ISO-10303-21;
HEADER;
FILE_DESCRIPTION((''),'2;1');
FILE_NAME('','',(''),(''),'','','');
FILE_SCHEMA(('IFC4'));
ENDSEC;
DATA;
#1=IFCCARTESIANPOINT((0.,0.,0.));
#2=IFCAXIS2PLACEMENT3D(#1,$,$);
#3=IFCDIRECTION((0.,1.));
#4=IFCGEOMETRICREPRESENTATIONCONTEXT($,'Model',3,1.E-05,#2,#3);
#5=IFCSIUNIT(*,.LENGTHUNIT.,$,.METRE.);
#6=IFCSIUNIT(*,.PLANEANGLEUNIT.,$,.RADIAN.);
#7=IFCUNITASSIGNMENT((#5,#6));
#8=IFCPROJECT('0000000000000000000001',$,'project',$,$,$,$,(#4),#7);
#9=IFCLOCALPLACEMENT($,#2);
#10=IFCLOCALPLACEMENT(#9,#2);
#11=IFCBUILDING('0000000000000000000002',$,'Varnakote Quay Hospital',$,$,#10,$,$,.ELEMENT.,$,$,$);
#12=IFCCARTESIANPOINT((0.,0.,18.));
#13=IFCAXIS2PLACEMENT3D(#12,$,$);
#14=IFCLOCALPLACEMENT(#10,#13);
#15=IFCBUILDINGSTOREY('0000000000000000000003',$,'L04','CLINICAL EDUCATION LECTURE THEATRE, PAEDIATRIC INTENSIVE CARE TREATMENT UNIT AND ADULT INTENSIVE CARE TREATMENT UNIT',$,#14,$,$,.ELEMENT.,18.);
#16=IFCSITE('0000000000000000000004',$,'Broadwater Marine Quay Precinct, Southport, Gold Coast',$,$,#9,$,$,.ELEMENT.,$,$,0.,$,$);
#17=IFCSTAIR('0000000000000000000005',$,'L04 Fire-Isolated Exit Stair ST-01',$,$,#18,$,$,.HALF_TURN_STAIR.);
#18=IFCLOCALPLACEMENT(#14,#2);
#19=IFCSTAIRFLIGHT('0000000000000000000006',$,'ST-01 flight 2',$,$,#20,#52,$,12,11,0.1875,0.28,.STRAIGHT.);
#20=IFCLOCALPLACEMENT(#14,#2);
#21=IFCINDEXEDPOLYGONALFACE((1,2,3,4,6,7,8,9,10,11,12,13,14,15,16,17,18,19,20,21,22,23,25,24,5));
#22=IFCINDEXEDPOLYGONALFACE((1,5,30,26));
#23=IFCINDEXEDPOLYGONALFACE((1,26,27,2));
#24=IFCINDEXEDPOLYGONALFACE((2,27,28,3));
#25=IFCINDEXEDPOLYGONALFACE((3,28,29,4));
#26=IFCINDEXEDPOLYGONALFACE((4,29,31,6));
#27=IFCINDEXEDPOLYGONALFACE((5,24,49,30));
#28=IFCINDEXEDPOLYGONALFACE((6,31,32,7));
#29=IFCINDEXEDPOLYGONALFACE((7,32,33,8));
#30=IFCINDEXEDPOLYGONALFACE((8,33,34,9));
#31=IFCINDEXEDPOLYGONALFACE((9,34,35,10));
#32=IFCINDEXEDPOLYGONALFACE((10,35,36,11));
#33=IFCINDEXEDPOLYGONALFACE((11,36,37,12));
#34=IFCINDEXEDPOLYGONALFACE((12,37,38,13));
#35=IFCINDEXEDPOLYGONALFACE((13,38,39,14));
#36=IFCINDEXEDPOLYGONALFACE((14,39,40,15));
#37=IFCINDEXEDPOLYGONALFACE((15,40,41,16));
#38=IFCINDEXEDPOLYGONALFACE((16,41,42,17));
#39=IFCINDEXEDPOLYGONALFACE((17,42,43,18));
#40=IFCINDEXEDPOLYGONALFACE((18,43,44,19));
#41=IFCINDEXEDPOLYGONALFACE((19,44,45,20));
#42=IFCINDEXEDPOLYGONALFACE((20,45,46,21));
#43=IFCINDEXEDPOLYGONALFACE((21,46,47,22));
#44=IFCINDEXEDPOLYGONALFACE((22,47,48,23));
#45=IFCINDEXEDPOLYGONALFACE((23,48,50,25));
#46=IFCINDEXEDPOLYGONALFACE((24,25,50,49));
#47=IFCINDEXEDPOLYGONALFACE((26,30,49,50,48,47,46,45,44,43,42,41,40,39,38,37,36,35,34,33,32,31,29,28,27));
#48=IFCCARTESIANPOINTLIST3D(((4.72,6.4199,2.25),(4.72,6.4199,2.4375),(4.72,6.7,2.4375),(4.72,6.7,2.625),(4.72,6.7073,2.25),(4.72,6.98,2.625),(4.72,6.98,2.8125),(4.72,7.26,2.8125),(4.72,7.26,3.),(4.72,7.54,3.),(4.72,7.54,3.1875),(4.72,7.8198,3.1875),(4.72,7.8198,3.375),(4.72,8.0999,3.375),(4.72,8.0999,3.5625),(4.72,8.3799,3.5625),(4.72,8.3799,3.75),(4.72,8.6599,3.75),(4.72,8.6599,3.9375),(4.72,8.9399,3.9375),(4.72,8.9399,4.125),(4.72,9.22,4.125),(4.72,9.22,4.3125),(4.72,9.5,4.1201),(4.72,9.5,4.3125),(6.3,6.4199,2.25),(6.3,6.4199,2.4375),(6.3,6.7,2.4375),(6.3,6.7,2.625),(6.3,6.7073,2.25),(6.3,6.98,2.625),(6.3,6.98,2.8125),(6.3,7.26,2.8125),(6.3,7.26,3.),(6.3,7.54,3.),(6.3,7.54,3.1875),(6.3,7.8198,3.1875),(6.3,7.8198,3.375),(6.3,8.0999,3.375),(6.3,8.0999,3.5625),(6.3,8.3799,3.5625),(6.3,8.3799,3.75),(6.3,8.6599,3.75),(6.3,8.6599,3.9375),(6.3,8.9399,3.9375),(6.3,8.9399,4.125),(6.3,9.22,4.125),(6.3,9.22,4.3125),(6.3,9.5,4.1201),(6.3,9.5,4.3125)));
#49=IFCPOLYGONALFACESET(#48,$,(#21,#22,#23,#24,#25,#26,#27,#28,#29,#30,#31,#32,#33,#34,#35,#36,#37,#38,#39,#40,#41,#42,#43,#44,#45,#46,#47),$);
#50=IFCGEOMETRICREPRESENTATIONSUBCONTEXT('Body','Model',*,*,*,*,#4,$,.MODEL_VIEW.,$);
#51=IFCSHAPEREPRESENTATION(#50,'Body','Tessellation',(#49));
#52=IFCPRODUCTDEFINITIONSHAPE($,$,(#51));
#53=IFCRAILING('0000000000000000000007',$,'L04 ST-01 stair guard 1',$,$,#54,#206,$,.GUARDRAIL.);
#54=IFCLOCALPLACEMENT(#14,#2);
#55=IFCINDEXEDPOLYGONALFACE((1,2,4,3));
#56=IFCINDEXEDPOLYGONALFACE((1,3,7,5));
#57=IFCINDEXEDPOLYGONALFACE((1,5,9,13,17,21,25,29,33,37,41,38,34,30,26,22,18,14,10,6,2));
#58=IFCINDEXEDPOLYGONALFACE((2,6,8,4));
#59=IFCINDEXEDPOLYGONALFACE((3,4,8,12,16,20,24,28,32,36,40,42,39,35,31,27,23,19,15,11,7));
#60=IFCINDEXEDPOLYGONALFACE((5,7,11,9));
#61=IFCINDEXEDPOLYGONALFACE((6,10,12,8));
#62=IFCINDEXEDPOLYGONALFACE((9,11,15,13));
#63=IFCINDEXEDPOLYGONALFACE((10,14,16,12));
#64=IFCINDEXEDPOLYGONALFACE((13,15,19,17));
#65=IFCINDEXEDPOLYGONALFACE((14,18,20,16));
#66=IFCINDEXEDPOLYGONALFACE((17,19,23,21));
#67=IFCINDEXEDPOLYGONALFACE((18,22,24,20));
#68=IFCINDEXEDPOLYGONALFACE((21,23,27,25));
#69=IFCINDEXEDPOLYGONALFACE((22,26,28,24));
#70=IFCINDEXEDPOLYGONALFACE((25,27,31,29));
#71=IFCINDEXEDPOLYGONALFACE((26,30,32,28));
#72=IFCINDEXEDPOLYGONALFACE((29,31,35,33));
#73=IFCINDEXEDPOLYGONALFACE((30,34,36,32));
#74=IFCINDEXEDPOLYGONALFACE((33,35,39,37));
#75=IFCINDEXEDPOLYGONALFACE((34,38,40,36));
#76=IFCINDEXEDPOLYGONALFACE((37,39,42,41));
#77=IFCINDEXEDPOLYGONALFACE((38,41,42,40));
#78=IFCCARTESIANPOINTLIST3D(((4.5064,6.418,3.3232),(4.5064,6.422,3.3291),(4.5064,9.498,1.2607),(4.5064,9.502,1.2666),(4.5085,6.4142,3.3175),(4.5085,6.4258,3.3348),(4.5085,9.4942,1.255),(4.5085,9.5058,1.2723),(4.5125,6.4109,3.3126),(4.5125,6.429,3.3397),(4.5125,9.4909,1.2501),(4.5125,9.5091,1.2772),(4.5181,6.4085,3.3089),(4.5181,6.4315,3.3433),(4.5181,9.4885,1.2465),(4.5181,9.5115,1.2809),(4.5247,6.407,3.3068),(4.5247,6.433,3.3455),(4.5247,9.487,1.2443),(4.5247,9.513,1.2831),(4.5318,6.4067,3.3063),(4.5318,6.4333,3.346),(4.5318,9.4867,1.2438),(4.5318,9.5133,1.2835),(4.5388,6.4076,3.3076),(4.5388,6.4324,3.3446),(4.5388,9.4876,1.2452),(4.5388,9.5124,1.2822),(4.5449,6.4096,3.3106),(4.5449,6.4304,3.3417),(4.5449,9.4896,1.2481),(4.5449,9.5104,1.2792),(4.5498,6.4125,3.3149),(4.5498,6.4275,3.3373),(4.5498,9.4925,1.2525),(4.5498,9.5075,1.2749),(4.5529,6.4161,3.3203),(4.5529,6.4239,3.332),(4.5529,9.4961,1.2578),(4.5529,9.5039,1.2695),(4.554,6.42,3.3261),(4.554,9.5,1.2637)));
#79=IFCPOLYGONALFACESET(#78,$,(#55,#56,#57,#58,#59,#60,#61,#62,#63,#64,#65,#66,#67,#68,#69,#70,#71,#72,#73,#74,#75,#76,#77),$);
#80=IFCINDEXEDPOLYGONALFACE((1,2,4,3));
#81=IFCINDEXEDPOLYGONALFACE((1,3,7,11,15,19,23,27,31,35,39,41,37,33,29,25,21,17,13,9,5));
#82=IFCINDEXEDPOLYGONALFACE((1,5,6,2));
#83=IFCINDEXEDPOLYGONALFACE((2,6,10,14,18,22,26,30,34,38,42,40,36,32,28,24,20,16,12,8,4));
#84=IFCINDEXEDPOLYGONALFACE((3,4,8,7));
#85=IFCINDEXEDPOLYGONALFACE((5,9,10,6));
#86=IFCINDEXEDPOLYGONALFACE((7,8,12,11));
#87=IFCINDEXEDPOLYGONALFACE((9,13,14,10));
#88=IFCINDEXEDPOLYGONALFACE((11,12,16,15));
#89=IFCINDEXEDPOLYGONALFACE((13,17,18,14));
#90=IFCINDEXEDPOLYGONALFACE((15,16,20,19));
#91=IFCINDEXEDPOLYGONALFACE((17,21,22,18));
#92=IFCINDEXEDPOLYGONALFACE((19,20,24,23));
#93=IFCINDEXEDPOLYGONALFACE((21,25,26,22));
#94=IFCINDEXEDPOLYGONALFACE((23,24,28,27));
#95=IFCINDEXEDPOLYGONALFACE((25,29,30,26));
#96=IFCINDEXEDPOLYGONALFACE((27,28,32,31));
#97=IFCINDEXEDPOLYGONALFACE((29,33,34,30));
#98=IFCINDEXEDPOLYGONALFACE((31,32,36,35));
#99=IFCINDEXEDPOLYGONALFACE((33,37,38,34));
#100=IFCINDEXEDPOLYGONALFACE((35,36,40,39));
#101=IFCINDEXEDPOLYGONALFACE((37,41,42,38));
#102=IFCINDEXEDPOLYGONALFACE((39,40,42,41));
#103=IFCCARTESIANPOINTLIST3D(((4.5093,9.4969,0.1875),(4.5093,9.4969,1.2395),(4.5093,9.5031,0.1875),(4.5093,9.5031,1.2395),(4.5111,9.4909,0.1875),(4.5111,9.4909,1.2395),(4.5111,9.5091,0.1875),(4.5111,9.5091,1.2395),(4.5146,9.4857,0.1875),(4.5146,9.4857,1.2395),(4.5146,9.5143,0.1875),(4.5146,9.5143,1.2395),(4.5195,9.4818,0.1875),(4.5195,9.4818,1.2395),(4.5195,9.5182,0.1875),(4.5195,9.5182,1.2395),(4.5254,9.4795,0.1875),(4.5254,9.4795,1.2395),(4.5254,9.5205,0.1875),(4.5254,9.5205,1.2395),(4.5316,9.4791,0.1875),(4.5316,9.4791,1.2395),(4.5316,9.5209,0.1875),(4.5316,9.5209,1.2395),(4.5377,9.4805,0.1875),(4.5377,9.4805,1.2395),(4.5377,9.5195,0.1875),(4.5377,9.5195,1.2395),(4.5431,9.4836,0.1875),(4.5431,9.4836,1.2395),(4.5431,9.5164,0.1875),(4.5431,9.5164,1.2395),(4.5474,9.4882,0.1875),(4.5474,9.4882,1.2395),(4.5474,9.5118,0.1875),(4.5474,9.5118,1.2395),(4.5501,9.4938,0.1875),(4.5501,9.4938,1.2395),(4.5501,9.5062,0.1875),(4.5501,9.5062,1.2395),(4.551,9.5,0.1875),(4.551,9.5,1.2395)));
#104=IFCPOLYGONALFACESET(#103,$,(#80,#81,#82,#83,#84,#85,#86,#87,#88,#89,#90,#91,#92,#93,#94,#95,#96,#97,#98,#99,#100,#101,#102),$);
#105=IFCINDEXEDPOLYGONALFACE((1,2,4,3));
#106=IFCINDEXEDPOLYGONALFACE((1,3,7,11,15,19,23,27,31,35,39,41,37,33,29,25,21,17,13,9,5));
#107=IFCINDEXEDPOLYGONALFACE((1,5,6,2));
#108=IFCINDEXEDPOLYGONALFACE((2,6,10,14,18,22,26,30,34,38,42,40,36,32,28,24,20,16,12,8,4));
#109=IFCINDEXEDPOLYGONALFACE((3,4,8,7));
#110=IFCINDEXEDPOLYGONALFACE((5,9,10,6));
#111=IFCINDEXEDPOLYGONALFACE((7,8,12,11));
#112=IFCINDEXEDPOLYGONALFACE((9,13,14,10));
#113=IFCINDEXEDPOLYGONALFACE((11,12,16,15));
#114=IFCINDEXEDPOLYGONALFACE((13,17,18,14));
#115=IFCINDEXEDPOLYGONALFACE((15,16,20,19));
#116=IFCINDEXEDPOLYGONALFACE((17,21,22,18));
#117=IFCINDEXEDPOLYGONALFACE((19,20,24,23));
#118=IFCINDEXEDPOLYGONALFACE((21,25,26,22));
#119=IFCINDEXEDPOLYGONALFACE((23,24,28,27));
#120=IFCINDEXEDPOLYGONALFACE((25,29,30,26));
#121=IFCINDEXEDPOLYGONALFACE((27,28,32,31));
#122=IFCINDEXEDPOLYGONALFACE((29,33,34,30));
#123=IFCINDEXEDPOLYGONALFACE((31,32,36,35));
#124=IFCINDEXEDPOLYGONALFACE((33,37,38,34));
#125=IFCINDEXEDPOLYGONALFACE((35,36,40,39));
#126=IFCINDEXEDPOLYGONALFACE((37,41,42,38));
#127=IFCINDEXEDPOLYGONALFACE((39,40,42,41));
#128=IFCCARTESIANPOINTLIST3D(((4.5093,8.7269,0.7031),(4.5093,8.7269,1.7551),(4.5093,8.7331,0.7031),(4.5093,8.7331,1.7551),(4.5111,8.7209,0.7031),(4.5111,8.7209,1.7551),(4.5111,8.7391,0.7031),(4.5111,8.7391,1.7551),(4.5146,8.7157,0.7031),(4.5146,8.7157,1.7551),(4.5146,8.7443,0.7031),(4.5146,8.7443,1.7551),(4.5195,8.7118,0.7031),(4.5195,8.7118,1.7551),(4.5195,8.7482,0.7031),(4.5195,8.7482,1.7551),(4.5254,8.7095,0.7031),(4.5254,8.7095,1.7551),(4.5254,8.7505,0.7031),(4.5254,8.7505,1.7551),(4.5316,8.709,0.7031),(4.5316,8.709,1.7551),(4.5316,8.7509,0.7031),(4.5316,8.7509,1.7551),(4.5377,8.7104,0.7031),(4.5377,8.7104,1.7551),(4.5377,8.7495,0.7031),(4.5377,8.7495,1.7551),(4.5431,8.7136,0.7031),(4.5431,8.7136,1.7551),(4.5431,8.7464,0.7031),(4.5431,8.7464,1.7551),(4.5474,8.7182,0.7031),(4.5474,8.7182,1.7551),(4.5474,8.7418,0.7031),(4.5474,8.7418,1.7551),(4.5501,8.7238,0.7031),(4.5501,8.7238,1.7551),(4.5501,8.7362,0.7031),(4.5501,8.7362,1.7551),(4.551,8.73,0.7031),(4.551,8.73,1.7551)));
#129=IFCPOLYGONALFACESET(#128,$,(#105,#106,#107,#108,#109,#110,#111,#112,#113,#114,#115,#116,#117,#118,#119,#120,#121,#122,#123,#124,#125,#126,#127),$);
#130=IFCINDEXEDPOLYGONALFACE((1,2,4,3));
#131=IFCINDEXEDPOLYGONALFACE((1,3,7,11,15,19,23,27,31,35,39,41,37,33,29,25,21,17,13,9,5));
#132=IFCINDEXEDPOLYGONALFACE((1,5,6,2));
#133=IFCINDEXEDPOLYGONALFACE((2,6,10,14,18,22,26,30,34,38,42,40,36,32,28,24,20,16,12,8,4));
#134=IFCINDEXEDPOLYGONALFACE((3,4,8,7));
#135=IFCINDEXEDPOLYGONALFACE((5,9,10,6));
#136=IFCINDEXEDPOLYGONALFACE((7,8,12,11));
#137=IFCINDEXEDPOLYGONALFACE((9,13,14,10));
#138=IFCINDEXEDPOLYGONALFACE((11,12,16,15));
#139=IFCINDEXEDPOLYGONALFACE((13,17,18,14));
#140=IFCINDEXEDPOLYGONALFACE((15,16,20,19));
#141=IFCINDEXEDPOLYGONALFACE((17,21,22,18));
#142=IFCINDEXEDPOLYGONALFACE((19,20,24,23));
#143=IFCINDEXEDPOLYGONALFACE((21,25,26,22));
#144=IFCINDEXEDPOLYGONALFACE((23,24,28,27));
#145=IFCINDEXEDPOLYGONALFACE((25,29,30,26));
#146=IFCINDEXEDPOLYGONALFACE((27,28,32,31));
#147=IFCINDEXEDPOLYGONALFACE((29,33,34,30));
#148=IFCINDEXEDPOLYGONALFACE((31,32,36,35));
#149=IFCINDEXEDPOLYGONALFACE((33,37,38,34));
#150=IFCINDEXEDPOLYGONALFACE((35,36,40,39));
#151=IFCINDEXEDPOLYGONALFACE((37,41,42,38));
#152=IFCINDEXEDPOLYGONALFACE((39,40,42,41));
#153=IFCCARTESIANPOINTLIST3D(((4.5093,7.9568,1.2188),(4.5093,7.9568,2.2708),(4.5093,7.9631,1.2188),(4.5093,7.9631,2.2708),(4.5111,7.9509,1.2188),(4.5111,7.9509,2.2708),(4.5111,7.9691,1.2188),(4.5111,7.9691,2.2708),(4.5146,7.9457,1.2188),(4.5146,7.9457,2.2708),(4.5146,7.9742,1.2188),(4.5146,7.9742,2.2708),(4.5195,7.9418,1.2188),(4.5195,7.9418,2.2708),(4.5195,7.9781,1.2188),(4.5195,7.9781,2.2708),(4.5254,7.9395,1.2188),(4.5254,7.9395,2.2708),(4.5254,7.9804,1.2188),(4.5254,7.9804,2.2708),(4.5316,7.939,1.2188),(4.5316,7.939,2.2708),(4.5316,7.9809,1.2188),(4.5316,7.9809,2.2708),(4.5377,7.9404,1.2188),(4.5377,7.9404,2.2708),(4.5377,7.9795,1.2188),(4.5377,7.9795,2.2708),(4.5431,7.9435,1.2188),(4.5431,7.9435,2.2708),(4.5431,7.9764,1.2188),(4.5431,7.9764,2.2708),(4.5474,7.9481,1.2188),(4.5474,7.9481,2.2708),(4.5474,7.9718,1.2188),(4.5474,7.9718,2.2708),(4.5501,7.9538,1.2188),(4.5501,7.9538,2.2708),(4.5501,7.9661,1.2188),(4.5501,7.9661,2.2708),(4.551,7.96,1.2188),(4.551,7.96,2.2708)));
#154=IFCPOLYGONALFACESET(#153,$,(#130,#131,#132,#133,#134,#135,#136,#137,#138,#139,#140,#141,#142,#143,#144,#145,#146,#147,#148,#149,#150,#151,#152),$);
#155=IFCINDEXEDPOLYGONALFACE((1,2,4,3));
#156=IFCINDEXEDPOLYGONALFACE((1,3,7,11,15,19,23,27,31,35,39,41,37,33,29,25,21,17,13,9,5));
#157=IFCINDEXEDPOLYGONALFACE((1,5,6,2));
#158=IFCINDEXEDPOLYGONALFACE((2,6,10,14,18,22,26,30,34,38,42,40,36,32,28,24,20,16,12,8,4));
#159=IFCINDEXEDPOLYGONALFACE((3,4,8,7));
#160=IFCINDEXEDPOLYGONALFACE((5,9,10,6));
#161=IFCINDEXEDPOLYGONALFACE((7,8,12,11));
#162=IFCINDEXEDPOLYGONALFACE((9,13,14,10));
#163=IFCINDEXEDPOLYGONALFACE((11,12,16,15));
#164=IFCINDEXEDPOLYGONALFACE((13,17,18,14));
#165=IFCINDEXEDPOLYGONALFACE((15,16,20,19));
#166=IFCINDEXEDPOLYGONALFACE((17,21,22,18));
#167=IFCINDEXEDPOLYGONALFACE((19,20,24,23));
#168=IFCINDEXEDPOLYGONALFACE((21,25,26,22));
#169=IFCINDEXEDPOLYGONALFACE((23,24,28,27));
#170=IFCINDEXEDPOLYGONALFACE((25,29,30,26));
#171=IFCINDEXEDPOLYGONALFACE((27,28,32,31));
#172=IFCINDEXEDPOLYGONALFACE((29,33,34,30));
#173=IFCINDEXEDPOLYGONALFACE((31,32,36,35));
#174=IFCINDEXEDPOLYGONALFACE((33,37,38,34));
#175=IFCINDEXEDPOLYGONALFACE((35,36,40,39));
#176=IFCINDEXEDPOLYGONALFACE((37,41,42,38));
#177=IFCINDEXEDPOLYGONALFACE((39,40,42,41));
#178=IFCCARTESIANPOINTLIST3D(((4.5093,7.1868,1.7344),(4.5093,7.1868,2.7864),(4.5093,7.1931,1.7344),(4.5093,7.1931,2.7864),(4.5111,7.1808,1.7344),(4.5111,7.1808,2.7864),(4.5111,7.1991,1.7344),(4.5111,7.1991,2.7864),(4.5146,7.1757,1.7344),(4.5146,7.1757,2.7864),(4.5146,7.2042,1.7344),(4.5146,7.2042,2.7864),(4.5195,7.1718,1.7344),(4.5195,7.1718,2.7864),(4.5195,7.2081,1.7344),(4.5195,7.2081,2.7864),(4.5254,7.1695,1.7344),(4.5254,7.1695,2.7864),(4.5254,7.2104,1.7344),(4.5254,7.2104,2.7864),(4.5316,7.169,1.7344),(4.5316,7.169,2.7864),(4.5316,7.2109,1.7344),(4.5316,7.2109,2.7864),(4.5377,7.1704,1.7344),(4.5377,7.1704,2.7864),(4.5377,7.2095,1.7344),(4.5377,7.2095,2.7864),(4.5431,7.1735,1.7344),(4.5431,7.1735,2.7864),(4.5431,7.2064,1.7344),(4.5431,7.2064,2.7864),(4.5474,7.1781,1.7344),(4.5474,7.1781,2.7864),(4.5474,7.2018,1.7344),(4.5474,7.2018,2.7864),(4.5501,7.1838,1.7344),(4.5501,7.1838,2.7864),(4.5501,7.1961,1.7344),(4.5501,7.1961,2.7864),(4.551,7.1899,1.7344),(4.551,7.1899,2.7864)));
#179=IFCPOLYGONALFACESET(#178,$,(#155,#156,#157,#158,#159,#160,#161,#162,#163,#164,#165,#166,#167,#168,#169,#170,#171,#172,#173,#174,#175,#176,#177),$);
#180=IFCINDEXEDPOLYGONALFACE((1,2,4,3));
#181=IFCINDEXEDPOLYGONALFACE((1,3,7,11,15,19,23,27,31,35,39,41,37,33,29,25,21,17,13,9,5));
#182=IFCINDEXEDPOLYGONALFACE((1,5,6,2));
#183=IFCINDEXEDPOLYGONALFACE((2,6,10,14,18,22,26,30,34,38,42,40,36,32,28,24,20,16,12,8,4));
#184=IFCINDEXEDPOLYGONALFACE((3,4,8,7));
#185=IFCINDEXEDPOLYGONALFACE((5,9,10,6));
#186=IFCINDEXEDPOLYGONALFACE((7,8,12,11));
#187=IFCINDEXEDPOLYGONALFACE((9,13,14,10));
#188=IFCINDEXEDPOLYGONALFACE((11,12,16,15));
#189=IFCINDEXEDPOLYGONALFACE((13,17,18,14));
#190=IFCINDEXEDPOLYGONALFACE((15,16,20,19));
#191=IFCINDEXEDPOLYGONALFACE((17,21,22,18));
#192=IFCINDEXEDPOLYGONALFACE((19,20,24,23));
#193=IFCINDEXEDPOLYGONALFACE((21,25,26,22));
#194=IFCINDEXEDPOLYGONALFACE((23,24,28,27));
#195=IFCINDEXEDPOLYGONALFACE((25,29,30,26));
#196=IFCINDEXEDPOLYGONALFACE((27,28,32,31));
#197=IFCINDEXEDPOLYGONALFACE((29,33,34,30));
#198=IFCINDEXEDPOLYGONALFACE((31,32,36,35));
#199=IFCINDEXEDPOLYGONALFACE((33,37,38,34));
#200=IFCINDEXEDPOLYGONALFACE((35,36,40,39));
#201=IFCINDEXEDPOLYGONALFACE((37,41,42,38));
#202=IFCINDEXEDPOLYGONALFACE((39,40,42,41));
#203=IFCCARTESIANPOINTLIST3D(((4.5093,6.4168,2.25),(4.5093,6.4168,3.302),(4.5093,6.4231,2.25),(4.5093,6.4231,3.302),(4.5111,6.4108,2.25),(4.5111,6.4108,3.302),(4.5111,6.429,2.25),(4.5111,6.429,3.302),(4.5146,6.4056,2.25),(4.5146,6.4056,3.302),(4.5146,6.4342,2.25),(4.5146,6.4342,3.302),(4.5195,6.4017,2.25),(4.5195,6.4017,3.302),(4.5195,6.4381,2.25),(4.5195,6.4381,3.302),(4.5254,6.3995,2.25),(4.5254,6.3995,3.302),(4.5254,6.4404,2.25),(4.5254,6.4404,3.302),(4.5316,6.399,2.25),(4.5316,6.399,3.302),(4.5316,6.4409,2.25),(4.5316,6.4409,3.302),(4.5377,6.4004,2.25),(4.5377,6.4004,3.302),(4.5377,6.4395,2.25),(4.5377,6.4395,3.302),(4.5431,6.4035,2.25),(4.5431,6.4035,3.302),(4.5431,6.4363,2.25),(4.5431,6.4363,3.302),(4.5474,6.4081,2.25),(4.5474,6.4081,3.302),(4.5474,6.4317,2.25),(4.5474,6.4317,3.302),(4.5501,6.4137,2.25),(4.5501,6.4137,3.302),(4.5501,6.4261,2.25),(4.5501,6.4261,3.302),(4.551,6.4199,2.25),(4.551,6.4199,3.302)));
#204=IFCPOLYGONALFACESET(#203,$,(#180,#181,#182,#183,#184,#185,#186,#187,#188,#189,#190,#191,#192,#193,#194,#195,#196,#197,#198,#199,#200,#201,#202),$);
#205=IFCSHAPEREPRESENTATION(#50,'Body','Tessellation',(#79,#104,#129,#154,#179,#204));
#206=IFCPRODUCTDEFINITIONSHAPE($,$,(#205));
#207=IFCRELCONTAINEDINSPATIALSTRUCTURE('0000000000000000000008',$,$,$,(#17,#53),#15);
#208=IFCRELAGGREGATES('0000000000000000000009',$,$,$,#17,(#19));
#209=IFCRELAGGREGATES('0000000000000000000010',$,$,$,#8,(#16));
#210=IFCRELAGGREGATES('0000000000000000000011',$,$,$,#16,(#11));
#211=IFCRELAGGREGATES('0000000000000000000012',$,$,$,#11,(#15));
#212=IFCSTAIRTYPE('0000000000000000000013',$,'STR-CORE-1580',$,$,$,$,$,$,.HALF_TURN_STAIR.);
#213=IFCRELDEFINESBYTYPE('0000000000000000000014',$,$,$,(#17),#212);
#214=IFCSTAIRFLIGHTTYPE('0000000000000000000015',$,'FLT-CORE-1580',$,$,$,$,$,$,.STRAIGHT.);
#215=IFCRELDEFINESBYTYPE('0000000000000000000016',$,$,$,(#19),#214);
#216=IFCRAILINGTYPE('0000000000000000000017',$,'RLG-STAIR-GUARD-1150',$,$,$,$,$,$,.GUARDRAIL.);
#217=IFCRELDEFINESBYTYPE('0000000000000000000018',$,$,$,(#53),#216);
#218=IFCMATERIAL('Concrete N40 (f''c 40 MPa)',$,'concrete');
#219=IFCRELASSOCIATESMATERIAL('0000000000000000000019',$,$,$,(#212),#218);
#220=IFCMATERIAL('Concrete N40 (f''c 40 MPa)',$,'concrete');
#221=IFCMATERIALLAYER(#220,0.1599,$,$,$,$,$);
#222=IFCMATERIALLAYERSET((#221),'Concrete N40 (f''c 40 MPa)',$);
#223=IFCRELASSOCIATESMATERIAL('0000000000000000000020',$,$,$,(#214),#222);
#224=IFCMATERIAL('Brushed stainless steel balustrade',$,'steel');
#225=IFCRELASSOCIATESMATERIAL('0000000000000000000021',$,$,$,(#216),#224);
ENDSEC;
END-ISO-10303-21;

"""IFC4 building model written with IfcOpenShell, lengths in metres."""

from ifc_helpers import new_model, si_unit, direction, frame, origin, origin_2d, place, context, subcontext, project, spatial, polyline, circle, outline, extrude, material, layer, layer_set, type_object, element, aggregate, save


model = new_model("IFC4")

# Units and contexts
model_context = context("Model", 3, precision=1e-05, world=origin(), true_north=direction((0.0, 1.0)))
body_context = subcontext(model_context, "Body", "Model", "MODEL_VIEW")
ifc_project = project(units=[si_unit("LENGTHUNIT", "METRE"), si_unit("PLANEANGLEUNIT", "RADIAN")], contexts=[model_context])

# Site, building, storey
site_placement = place(None, origin())
site = spatial("IfcSite", under=ifc_project, at=site_placement, Name="Broadwater Marine Quay Precinct, Southport, Gold Coast", CompositionType="ELEMENT", RefElevation=0.0)
building_placement = place(site_placement, origin())
building = spatial("IfcBuilding", under=site, at=building_placement, Name="Varnakote Quay Hospital", CompositionType="ELEMENT")
storey_placement = place(building_placement, frame((0.0, 0.0, 18.0)))
storey = spatial("IfcBuildingStorey", under=building, at=storey_placement, Name="L04", Description="CLINICAL EDUCATION LECTURE THEATRE, PAEDIATRIC INTENSIVE CARE TREATMENT UNIT AND ADULT INTENSIVE CARE TREATMENT UNIT", CompositionType="ELEMENT", Elevation=18.0)

# Stair
ifc_material_1 = material(Name="Concrete N40 (f'c 40 MPa)", Category="concrete")
stair_type = type_object("IfcStairType", Name="STR-CORE-1580", PredefinedType="HALF_TURN_STAIR", material=ifc_material_1)
stair_1_placement = place(storey_placement, origin())
stair_1 = element("IfcStair", 1, at=stair_1_placement, inside=storey, type_object=stair_type, Name="L04 Fire-Isolated Exit Stair ST-01", PredefinedType="HALF_TURN_STAIR")

# Stair flight
ifc_material_2 = material(Name="Concrete N40 (f'c 40 MPa)", Category="concrete")
ifc_layer_1 = layer(ifc_material_2, 0.1599)
ifc_layer_set_1 = layer_set([ifc_layer_1], Name="Concrete N40 (f'c 40 MPa)")
stair_flight_type = type_object("IfcStairFlightType", Name="FLT-CORE-1580", PredefinedType="STRAIGHT", material=ifc_layer_set_1)
stair_flight_1_placement = place(storey_placement, frame((5.51, 6.4199, 2.25), z_axis=(0.0, 0.0, 1.0), x_axis=(0.0, 1.0, 0.0)))
stair_flight_1 = element("IfcStairFlight", 2, at=stair_flight_1_placement, type_object=stair_flight_type, Name="ST-01 flight 2", NumberOfRisers=12, NumberOfTreads=11, PredefinedType="STRAIGHT", RiserHeight=0.1875, TreadLength=0.28, context=body_context, shape_type="SweptSolid", body=[
    extrude(outline(polyline([(0.0, 0.0), (0.0, 0.1875), (0.28, 0.1875), (0.28, 0.375), (0.5601, 0.375), (0.5601, 0.5625), (0.8401, 0.5625), (0.8401, 0.75), (1.1201, 0.75), (1.1201, 0.9375), (1.3999, 0.9375), (1.3999, 1.125), (1.6799, 1.125), (1.6799, 1.3125), (1.96, 1.3125), (1.96, 1.5), (2.24, 1.5), (2.24, 1.6875), (2.52, 1.6875), (2.52, 1.875), (2.8, 1.875), (2.8, 2.0625), (3.0801, 2.0625), (3.0801, 2.25), (3.0801, 1.8701), (0.2874, 0.0), (0.0, 0.0)])), frame((0.0, 0.79, 0.0), z_axis=(0.0, -1.0, 0.0), x_axis=(1.0, 0.0, 0.0)), (0.0, 0.0, 1.0), 1.5801),
])
aggregate(stair_1, [stair_flight_1])

# Railing
ifc_material_3 = material(Name="Brushed stainless steel balustrade", Category="steel")
railing_type_1 = type_object("IfcRailingType", Name="RLG-STAIR-GUARD-1150", PredefinedType="GUARDRAIL", material=ifc_material_3)
railing_1_placement = place(storey_placement, frame((4.53, 9.5, 0.1875)))
element("IfcRailing", 3, at=railing_1_placement, inside=storey, type_object=railing_type_1, Name="L04 ST-01 stair guard 1", PredefinedType="GUARDRAIL", context=body_context, shape_type="SweptSolid", body=[
    extrude(circle(Radius=0.0239, at=origin_2d()), frame((0.0, 0.0, 1.0762), z_axis=(0.0, -0.830914, 0.556401), x_axis=(1.0, 0.0, 0.0)), (0.0, 0.0, 1.0), 3.7068),
    extrude(circle(Radius=0.021, at=origin_2d()), origin(), (0.0, 0.0, 1.0), 1.052),
    extrude(circle(Radius=0.021, at=origin_2d()), frame((0.0, -0.77, 0.5156)), (0.0, 0.0, 1.0), 1.052),
    extrude(circle(Radius=0.021, at=origin_2d()), frame((0.0, -1.54, 1.0312)), (0.0, 0.0, 1.0), 1.052),
    extrude(circle(Radius=0.021, at=origin_2d()), frame((0.0, -2.3101, 1.5469)), (0.0, 0.0, 1.0), 1.052),
    extrude(circle(Radius=0.021, at=origin_2d()), frame((0.0, -3.0801, 2.0625)), (0.0, 0.0, 1.0), 1.052),
])

save(model, "model.ifc")
